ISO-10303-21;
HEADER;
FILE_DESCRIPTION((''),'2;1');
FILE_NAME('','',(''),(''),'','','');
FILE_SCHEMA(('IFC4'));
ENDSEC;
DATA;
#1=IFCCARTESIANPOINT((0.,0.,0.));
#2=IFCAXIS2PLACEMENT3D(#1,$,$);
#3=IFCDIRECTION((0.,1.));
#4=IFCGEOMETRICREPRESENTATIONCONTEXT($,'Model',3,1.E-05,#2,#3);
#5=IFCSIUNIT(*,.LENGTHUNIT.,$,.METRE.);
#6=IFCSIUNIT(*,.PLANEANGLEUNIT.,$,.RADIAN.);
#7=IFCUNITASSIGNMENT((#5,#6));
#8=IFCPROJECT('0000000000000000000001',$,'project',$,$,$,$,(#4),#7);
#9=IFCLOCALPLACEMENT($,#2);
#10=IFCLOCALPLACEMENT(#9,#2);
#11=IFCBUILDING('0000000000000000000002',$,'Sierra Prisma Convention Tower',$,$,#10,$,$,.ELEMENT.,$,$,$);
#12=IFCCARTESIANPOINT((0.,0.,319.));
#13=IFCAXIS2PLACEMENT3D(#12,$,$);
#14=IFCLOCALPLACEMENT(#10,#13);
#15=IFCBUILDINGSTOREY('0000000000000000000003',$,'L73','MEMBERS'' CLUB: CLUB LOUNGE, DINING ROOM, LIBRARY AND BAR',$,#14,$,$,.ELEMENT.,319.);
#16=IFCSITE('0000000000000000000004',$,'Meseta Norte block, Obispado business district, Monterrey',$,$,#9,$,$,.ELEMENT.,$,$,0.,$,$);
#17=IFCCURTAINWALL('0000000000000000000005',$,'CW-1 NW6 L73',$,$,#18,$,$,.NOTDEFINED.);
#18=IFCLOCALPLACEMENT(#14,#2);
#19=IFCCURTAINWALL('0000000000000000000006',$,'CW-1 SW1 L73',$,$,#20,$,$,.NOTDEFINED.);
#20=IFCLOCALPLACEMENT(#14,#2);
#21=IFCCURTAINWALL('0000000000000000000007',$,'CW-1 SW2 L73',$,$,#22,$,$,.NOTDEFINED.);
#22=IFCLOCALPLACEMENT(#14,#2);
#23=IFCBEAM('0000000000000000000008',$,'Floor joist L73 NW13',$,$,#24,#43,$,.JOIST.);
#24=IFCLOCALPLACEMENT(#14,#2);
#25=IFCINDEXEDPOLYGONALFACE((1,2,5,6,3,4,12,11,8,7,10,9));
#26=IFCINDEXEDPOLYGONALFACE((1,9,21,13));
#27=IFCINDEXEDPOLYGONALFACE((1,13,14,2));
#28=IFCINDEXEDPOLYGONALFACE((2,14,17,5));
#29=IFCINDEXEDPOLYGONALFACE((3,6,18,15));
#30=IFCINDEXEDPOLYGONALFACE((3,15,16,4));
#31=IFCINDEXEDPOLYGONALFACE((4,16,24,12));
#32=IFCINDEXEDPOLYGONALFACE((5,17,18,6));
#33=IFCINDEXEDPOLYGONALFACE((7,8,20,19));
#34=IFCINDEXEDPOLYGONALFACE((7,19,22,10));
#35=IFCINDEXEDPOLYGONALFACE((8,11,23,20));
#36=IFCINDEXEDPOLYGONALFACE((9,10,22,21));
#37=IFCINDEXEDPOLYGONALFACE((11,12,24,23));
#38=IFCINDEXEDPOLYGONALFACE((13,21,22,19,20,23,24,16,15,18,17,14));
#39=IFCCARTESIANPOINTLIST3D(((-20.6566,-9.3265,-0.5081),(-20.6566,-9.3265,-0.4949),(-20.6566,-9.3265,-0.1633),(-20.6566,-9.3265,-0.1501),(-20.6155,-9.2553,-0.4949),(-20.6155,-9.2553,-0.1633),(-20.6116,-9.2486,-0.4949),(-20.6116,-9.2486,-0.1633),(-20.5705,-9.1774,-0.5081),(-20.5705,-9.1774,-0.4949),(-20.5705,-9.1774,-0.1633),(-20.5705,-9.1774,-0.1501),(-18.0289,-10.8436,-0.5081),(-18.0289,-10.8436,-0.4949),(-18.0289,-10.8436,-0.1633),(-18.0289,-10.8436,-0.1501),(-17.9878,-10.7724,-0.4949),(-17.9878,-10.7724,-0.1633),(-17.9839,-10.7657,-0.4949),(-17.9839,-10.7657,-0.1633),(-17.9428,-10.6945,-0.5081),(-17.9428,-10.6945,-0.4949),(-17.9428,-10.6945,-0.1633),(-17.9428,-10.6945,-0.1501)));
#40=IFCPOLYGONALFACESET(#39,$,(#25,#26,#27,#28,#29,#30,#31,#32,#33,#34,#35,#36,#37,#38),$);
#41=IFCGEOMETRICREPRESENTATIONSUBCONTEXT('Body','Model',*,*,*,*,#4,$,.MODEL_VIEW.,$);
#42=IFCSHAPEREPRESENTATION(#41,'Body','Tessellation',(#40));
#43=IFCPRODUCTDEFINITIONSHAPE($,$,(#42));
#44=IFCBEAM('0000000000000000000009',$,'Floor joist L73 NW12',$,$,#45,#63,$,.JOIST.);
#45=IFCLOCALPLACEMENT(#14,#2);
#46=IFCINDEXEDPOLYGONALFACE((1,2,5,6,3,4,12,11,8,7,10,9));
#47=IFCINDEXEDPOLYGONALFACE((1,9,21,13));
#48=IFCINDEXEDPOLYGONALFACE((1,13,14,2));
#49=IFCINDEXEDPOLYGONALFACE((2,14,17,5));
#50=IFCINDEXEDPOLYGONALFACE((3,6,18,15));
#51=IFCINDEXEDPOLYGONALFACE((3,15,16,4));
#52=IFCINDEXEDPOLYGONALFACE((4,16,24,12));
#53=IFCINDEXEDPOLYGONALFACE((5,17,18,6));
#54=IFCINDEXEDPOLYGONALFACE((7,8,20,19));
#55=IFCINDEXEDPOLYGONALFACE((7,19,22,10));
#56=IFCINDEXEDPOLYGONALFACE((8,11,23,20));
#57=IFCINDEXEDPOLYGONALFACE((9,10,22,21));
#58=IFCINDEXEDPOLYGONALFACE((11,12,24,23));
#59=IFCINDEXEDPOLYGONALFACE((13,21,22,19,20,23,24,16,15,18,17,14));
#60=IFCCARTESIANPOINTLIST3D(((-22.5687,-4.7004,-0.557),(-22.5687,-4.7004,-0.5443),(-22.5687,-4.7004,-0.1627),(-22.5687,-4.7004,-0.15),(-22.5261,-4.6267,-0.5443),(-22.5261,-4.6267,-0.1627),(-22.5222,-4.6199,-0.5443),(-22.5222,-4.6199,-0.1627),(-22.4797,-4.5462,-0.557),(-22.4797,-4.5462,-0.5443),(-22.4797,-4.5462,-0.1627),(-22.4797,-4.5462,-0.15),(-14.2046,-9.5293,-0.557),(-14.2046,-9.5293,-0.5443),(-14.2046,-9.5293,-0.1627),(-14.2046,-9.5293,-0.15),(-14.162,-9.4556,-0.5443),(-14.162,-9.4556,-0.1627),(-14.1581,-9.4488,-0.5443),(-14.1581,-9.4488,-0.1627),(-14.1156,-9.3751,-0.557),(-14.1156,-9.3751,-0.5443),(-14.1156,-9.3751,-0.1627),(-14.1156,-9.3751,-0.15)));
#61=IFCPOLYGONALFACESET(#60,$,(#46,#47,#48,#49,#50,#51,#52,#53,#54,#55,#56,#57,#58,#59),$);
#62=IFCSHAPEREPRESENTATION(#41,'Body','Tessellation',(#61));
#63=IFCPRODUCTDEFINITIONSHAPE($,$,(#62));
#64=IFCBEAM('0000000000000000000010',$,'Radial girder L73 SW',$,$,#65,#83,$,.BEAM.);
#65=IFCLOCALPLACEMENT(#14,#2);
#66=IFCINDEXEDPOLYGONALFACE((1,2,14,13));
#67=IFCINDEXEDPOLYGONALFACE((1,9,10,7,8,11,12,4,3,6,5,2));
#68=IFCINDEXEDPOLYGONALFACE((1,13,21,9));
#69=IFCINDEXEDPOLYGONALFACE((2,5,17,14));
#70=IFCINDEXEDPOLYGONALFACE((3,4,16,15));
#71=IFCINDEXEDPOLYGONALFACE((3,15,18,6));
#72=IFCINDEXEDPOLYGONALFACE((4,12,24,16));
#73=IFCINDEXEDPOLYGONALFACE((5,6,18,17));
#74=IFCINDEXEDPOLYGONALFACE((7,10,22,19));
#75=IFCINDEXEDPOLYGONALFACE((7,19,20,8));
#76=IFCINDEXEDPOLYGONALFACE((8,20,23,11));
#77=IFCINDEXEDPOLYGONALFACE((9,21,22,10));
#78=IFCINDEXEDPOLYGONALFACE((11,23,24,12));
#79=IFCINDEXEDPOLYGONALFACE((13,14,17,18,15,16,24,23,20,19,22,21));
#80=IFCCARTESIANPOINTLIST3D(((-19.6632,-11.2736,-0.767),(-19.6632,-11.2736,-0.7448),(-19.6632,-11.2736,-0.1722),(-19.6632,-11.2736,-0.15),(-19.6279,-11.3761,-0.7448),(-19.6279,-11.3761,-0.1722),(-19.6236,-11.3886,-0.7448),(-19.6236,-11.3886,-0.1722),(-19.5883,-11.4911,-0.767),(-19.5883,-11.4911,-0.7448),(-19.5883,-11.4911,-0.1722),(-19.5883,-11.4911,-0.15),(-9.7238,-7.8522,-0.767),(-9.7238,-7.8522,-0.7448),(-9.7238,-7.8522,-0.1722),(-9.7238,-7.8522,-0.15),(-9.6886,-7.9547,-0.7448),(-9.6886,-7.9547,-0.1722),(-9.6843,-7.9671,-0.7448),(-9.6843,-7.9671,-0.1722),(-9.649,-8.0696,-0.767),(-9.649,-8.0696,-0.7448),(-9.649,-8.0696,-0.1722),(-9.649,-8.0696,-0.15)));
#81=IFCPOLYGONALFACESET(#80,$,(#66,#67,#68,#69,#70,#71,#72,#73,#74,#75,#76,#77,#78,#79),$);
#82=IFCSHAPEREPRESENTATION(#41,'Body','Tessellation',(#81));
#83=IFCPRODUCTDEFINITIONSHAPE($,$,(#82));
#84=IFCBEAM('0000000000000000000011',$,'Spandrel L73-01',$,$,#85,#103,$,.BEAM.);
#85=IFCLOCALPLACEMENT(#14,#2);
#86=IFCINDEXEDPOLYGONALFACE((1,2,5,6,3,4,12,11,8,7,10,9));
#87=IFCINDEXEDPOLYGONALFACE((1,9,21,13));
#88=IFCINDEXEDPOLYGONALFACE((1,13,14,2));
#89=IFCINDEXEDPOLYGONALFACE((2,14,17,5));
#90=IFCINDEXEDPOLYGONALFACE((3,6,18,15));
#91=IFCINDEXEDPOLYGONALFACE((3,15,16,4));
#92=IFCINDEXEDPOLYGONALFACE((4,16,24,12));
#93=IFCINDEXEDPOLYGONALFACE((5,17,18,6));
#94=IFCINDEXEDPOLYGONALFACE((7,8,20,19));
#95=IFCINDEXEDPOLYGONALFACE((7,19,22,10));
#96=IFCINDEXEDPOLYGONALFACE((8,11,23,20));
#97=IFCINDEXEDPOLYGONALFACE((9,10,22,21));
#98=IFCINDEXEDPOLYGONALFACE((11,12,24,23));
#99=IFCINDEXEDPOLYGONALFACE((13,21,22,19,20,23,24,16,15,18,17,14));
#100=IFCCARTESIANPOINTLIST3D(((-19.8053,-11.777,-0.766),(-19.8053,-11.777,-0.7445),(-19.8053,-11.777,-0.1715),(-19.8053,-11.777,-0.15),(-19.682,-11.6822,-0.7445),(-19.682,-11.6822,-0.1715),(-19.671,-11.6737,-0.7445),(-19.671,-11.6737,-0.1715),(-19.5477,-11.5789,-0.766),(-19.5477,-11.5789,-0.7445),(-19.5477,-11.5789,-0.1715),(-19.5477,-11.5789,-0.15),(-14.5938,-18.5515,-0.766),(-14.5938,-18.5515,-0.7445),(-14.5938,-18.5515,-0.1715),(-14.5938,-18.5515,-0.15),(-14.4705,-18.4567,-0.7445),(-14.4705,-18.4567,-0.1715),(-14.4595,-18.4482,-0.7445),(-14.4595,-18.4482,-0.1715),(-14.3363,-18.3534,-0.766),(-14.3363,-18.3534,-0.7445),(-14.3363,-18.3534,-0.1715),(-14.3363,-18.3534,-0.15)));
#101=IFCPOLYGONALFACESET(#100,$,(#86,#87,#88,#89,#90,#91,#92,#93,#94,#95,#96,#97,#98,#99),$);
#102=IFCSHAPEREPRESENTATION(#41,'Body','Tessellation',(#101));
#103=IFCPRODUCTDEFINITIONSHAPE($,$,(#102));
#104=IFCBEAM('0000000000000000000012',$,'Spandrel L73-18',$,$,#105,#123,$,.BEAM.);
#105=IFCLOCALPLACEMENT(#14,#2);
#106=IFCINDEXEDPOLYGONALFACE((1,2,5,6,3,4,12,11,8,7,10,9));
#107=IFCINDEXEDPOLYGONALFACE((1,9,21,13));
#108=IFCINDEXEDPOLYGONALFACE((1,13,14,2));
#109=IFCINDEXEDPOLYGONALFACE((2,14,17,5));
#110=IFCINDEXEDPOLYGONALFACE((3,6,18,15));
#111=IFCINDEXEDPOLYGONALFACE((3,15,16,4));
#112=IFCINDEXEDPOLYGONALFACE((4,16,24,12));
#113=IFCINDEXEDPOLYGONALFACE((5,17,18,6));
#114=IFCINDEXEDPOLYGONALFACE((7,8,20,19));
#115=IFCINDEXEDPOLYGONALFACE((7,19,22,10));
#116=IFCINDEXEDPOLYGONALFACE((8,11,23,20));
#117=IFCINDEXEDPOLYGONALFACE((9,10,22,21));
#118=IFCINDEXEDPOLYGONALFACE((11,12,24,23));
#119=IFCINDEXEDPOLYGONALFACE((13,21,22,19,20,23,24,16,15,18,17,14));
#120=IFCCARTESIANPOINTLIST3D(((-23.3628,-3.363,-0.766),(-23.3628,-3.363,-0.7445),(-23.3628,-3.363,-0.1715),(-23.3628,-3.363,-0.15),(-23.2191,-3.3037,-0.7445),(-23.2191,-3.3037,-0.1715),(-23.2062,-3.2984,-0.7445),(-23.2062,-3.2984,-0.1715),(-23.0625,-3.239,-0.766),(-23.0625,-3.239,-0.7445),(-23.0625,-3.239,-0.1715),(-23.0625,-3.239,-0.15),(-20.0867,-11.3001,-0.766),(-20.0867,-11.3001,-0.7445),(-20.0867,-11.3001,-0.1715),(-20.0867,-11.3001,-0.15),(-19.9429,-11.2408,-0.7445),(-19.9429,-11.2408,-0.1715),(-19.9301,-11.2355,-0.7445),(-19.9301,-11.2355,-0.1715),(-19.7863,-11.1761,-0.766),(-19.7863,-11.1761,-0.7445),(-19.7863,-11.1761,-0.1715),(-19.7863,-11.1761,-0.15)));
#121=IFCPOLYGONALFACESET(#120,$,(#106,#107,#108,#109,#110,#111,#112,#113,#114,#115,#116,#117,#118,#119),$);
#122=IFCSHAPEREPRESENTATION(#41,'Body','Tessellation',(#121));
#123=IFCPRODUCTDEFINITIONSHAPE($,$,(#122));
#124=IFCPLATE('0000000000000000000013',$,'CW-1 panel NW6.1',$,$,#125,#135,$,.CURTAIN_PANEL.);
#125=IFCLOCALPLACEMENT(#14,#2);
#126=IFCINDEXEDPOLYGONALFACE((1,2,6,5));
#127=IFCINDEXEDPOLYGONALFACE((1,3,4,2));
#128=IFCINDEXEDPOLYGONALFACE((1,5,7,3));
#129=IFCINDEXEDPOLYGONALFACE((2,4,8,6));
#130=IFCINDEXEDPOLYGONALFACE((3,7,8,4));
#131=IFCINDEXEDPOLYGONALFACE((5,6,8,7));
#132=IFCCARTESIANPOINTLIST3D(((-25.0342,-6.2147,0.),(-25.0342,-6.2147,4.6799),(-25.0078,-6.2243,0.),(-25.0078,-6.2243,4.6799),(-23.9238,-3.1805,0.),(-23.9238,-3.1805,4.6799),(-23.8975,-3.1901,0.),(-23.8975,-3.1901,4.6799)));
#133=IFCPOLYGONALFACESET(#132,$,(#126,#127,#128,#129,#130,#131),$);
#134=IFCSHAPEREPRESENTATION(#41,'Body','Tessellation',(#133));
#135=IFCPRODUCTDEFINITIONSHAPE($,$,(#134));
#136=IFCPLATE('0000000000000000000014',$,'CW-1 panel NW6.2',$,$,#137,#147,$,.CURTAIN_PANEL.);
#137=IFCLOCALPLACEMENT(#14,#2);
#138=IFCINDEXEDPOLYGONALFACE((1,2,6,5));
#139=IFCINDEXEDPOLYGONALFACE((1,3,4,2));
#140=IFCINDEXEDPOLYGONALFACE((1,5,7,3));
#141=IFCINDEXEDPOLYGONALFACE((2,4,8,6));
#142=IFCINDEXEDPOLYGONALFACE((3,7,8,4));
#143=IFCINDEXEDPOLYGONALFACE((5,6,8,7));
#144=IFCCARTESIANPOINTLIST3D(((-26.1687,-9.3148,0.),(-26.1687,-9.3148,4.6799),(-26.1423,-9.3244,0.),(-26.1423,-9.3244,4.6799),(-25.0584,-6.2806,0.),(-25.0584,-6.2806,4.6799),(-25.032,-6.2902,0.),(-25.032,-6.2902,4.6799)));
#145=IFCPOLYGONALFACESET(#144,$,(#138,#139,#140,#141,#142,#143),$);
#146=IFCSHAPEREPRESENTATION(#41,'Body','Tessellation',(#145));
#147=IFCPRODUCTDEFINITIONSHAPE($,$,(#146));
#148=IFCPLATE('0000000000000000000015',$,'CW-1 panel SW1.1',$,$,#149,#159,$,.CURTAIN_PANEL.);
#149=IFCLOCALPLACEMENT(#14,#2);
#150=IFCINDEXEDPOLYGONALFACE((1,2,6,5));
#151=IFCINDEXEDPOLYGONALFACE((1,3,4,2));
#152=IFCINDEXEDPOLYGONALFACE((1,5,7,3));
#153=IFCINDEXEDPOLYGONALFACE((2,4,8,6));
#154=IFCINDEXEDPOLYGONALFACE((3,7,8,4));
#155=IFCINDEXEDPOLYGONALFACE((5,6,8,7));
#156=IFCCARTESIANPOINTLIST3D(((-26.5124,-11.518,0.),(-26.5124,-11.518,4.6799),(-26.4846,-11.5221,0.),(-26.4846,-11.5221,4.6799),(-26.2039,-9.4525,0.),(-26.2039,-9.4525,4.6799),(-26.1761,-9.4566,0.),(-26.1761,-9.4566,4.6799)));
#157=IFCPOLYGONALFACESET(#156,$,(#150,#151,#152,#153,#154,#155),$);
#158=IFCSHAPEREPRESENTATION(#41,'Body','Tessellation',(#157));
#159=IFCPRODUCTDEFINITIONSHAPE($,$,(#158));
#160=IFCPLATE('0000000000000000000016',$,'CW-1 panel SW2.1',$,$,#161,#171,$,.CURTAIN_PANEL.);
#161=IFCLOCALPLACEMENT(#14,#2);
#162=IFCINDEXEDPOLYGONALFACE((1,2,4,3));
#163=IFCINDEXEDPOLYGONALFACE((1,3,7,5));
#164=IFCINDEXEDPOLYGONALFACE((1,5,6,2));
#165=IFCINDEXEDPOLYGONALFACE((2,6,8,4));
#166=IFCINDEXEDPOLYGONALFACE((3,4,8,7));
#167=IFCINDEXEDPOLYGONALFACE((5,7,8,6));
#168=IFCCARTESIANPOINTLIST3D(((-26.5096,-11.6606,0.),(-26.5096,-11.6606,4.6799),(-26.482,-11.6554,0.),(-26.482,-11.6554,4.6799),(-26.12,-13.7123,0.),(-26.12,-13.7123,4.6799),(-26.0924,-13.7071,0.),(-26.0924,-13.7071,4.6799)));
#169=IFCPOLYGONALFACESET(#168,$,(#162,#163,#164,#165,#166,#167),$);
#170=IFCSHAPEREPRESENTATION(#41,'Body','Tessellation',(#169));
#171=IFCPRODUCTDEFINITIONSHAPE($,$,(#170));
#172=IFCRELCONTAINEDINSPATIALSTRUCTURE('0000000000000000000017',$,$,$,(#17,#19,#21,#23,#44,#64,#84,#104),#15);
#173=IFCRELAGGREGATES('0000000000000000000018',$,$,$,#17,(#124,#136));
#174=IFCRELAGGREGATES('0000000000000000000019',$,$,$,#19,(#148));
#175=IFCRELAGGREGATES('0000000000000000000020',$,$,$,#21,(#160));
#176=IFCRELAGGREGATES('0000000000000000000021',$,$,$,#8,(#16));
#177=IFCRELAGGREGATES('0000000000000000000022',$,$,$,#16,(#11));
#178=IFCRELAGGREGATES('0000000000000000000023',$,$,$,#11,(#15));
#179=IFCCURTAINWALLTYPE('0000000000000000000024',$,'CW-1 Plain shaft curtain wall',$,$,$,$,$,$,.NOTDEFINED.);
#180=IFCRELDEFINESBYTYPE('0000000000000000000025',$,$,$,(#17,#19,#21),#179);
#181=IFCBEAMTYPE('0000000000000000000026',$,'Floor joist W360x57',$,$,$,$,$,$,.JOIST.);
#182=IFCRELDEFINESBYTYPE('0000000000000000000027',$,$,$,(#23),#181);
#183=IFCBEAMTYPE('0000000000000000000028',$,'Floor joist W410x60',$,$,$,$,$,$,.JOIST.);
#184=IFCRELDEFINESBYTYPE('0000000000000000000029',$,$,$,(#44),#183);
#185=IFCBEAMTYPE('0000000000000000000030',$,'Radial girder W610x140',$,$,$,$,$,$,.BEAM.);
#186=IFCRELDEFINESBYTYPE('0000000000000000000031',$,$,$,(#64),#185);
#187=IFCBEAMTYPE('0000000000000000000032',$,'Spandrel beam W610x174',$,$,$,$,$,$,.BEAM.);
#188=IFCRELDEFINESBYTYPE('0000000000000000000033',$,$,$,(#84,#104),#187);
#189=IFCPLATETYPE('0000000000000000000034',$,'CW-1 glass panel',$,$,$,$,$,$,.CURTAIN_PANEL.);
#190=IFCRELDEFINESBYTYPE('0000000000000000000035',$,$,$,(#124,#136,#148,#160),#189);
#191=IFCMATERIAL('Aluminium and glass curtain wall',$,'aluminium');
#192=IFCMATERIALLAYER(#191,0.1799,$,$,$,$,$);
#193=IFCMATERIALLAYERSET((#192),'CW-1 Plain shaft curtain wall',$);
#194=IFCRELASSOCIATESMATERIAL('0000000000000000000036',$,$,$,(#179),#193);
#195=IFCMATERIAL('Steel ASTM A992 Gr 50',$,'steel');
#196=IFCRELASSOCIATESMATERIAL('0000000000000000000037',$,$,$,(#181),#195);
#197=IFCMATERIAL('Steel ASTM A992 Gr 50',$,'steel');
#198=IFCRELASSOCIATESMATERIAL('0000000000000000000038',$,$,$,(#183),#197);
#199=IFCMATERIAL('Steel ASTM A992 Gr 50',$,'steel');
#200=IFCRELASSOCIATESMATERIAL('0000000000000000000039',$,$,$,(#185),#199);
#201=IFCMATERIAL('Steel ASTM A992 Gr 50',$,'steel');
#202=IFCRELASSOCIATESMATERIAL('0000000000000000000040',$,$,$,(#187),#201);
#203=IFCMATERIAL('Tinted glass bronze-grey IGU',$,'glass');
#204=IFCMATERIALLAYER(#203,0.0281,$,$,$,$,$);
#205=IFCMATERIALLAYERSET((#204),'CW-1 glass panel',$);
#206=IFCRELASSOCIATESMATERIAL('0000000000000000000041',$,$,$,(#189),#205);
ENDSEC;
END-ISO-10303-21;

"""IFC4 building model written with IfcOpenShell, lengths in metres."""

from ifc_helpers import new_model, si_unit, direction, frame, origin, origin_2d, place, context, subcontext, project, spatial, rectangle, i_section, extrude, material, layer, layer_set, material_profile, profile_set, type_object, element, aggregate, save


model = new_model("IFC4")

# Units and contexts
model_context = context("Model", 3, precision=1e-05, world=origin(), true_north=direction((0.0, 1.0)))
body_context = subcontext(model_context, "Body", "Model", "MODEL_VIEW")
ifc_project = project(units=[si_unit("LENGTHUNIT", "METRE"), si_unit("PLANEANGLEUNIT", "RADIAN")], contexts=[model_context])

# Site, building, storey
site_placement = place(None, origin())
site = spatial("IfcSite", under=ifc_project, at=site_placement, Name="Meseta Norte block, Obispado business district, Monterrey", CompositionType="ELEMENT", RefElevation=0.0)
building_placement = place(site_placement, origin())
building = spatial("IfcBuilding", under=site, at=building_placement, Name="Sierra Prisma Convention Tower", CompositionType="ELEMENT")
storey_placement = place(building_placement, frame((0.0, 0.0, 319.0)))
storey = spatial("IfcBuildingStorey", under=building, at=storey_placement, Name="L73", Description="MEMBERS' CLUB: CLUB LOUNGE, DINING ROOM, LIBRARY AND BAR", CompositionType="ELEMENT", Elevation=319.0)

# Curtain walls
ifc_material_1 = material(Name="Aluminium and glass curtain wall", Category="aluminium")
ifc_layer_1 = layer(ifc_material_1, 0.1799)
ifc_layer_set_1 = layer_set([ifc_layer_1], Name="CW-1 Plain shaft curtain wall")
curtain_wall_type = type_object("IfcCurtainWallType", Name="CW-1 Plain shaft curtain wall", PredefinedType="NOTDEFINED", material=ifc_layer_set_1)
curtain_wall_1_placement = place(storey_placement, origin())
curtain_wall_1 = element("IfcCurtainWall", 1, at=curtain_wall_1_placement, inside=storey, type_object=curtain_wall_type, Name="CW-1 NW6 L73", PredefinedType="NOTDEFINED")
curtain_wall_2_placement = place(storey_placement, origin())
curtain_wall_2 = element("IfcCurtainWall", 2, at=curtain_wall_2_placement, inside=storey, type_object=curtain_wall_type, Name="CW-1 SW1 L73", PredefinedType="NOTDEFINED")
curtain_wall_3_placement = place(storey_placement, origin())
curtain_wall_3 = element("IfcCurtainWall", 3, at=curtain_wall_3_placement, inside=storey, type_object=curtain_wall_type, Name="CW-1 SW2 L73", PredefinedType="NOTDEFINED")

# Beams
ifc_material_2 = material(Name="Steel ASTM A992 Gr 50", Category="steel")
ifc_material_profile_1 = material_profile(ifc_material_2, i_section(OverallWidth=0.1721, OverallDepth=0.3579, WebThickness=0.0078, FlangeThickness=0.0132, at=origin_2d()), Name="W360x57")
ifc_profile_set_1 = profile_set([ifc_material_profile_1], Name="Steel ASTM A992 Gr 50")
beam_type_1 = type_object("IfcBeamType", Name="Floor joist W360x57", PredefinedType="JOIST", material=ifc_profile_set_1)
beam_1_placement = place(storey_placement, frame((-20.6135, -9.252, -0.3291), z_axis=(0.866026, -0.499999, 0.0), x_axis=(0.499999, 0.866026, 0.0)))
element("IfcBeam", 4, at=beam_1_placement, inside=storey, type_object=beam_type_1, Name="Floor joist L73 NW13", PredefinedType="JOIST", context=body_context, shape_type="SweptSolid", body=[
    extrude(i_section(OverallWidth=0.1721, OverallDepth=0.3579, WebThickness=0.0078, FlangeThickness=0.0132, at=origin_2d()), origin(), (0.0, 0.0, 1.0), 3.0342),
])
ifc_material_3 = material(Name="Steel ASTM A992 Gr 50", Category="steel")
ifc_material_profile_2 = material_profile(ifc_material_3, i_section(OverallWidth=0.178, OverallDepth=0.407, WebThickness=0.0078, FlangeThickness=0.0127, at=origin_2d()), Name="W410x60")
ifc_profile_set_2 = profile_set([ifc_material_profile_2], Name="Steel ASTM A992 Gr 50")
beam_type_2 = type_object("IfcBeamType", Name="Floor joist W410x60", PredefinedType="JOIST", material=ifc_profile_set_2)
beam_2_placement = place(storey_placement, frame((-22.5242, -4.6233, -0.3535), z_axis=(0.86603, -0.499992, 0.0), x_axis=(0.499992, 0.86603, 0.0)))
element("IfcBeam", 5, at=beam_2_placement, inside=storey, type_object=beam_type_2, Name="Floor joist L73 NW12", PredefinedType="JOIST", context=body_context, shape_type="SweptSolid", body=[
    extrude(i_section(OverallWidth=0.178, OverallDepth=0.407, WebThickness=0.0078, FlangeThickness=0.0127, at=origin_2d()), origin(), (0.0, 0.0, 1.0), 9.658),
])
ifc_material_4 = material(Name="Steel ASTM A992 Gr 50", Category="steel")
ifc_material_profile_3 = material_profile(ifc_material_4, i_section(OverallWidth=0.23, OverallDepth=0.6169, WebThickness=0.0132, FlangeThickness=0.0222, at=origin_2d()), Name="W610x140")
ifc_profile_set_3 = profile_set([ifc_material_profile_3], Name="Steel ASTM A992 Gr 50")
beam_type_3 = type_object("IfcBeamType", Name="Radial girder W610x140", PredefinedType="BEAM", material=ifc_profile_set_3)
beam_3_placement = place(storey_placement, frame((-19.6257, -11.3823, -0.4585), z_axis=(0.945547, 0.325487, 0.0), x_axis=(-0.325487, 0.945547, 0.0)))
element("IfcBeam", 6, at=beam_3_placement, inside=storey, type_object=beam_type_3, Name="Radial girder L73 SW", PredefinedType="BEAM", context=body_context, shape_type="SweptSolid", body=[
    extrude(i_section(OverallWidth=0.23, OverallDepth=0.6169, WebThickness=0.0132, FlangeThickness=0.0222, at=origin_2d()), origin(), (0.0, 0.0, 1.0), 10.5117),
])
ifc_material_5 = material(Name="Steel ASTM A992 Gr 50", Category="steel")
ifc_material_profile_4 = material_profile(ifc_material_5, i_section(OverallWidth=0.325, OverallDepth=0.616, WebThickness=0.0139, FlangeThickness=0.0215, at=origin_2d()), Name="W610x174")
ifc_profile_set_4 = profile_set([ifc_material_profile_4], Name="Steel ASTM A992 Gr 50")
beam_type_4 = type_object("IfcBeamType", Name="Spandrel beam W610x174", PredefinedType="BEAM", material=ifc_profile_set_4)
beam_4_placement = place(storey_placement, frame((-19.6765, -11.678, -0.458), z_axis=(0.609736, -0.792605, 0.0), x_axis=(0.792605, 0.609736, 0.0)))
element("IfcBeam", 7, at=beam_4_placement, inside=storey, type_object=beam_type_4, Name="Spandrel L73-01", PredefinedType="BEAM", context=body_context, shape_type="SweptSolid", body=[
    extrude(i_section(OverallWidth=0.325, OverallDepth=0.616, WebThickness=0.0139, FlangeThickness=0.0215, at=origin_2d()), origin(), (0.0, 0.0, 1.0), 8.5471),
])
beam_5_placement = place(storey_placement, frame((-23.2126, -3.301, -0.458), z_axis=(0.38154, -0.924352, 0.0), x_axis=(0.924352, 0.38154, 0.0)))
element("IfcBeam", 8, at=beam_5_placement, inside=storey, type_object=beam_type_4, Name="Spandrel L73-18", PredefinedType="BEAM", context=body_context, shape_type="SweptSolid", body=[
    extrude(i_section(OverallWidth=0.325, OverallDepth=0.616, WebThickness=0.0139, FlangeThickness=0.0215, at=origin_2d()), origin(), (0.0, 0.0, 1.0), 8.5867),
])

# Plates
ifc_material_6 = material(Name="Tinted glass bronze-grey IGU", Category="glass")
ifc_layer_2 = layer(ifc_material_6, 0.0281)
ifc_layer_set_2 = layer_set([ifc_layer_2], Name="CW-1 glass panel")
plate_type = type_object("IfcPlateType", Name="CW-1 glass panel", PredefinedType="CURTAIN_PANEL", material=ifc_layer_set_2)
plate_1_placement = place(storey_placement, frame((-24.4658, -4.7024, 0.0), z_axis=(0.0, 0.0, 1.0), x_axis=(-0.34366, -0.939094, 0.0)))
plate_1 = element("IfcPlate", 9, at=plate_1_placement, type_object=plate_type, Name="CW-1 panel NW6.1", PredefinedType="CURTAIN_PANEL", context=body_context, shape_type="SweptSolid", body=[
    extrude(rectangle(XDim=3.231, YDim=0.0281, at=origin_2d()), origin(), (0.0, 0.0, 1.0), 4.6799),
])
plate_2_placement = place(storey_placement, frame((-25.6003, -7.8025, 0.0), z_axis=(0.0, 0.0, 1.0), x_axis=(-0.34366, -0.939094, 0.0)))
plate_2 = element("IfcPlate", 10, at=plate_2_placement, type_object=plate_type, Name="CW-1 panel NW6.2", PredefinedType="CURTAIN_PANEL", context=body_context, shape_type="SweptSolid", body=[
    extrude(rectangle(XDim=3.231, YDim=0.0281, at=origin_2d()), origin(), (0.0, 0.0, 1.0), 4.6799),
])
aggregate(curtain_wall_1, [plate_1, plate_2])
plate_3_placement = place(storey_placement, frame((-26.3442, -10.4873, 0.0), z_axis=(0.0, 0.0, 1.0), x_axis=(-0.14774, -0.989026, 0.0)))
plate_3 = element("IfcPlate", 11, at=plate_3_placement, type_object=plate_type, Name="CW-1 panel SW1.1", PredefinedType="CURTAIN_PANEL", context=body_context, shape_type="SweptSolid", body=[
    extrude(rectangle(XDim=2.0884, YDim=0.0281, at=origin_2d()), origin(), (0.0, 0.0, 1.0), 4.6799),
])
aggregate(curtain_wall_2, [plate_3])
plate_4_placement = place(storey_placement, frame((-26.301, -12.6838, 0.0), z_axis=(0.0, 0.0, 1.0), x_axis=(0.186558, -0.982444, 0.0)))
plate_4 = element("IfcPlate", 12, at=plate_4_placement, type_object=plate_type, Name="CW-1 panel SW2.1", PredefinedType="CURTAIN_PANEL", context=body_context, shape_type="SweptSolid", body=[
    extrude(rectangle(XDim=2.0884, YDim=0.0281, at=origin_2d()), origin(), (0.0, 0.0, 1.0), 4.6799),
])
aggregate(curtain_wall_3, [plate_4])

save(model, "model.ifc")
